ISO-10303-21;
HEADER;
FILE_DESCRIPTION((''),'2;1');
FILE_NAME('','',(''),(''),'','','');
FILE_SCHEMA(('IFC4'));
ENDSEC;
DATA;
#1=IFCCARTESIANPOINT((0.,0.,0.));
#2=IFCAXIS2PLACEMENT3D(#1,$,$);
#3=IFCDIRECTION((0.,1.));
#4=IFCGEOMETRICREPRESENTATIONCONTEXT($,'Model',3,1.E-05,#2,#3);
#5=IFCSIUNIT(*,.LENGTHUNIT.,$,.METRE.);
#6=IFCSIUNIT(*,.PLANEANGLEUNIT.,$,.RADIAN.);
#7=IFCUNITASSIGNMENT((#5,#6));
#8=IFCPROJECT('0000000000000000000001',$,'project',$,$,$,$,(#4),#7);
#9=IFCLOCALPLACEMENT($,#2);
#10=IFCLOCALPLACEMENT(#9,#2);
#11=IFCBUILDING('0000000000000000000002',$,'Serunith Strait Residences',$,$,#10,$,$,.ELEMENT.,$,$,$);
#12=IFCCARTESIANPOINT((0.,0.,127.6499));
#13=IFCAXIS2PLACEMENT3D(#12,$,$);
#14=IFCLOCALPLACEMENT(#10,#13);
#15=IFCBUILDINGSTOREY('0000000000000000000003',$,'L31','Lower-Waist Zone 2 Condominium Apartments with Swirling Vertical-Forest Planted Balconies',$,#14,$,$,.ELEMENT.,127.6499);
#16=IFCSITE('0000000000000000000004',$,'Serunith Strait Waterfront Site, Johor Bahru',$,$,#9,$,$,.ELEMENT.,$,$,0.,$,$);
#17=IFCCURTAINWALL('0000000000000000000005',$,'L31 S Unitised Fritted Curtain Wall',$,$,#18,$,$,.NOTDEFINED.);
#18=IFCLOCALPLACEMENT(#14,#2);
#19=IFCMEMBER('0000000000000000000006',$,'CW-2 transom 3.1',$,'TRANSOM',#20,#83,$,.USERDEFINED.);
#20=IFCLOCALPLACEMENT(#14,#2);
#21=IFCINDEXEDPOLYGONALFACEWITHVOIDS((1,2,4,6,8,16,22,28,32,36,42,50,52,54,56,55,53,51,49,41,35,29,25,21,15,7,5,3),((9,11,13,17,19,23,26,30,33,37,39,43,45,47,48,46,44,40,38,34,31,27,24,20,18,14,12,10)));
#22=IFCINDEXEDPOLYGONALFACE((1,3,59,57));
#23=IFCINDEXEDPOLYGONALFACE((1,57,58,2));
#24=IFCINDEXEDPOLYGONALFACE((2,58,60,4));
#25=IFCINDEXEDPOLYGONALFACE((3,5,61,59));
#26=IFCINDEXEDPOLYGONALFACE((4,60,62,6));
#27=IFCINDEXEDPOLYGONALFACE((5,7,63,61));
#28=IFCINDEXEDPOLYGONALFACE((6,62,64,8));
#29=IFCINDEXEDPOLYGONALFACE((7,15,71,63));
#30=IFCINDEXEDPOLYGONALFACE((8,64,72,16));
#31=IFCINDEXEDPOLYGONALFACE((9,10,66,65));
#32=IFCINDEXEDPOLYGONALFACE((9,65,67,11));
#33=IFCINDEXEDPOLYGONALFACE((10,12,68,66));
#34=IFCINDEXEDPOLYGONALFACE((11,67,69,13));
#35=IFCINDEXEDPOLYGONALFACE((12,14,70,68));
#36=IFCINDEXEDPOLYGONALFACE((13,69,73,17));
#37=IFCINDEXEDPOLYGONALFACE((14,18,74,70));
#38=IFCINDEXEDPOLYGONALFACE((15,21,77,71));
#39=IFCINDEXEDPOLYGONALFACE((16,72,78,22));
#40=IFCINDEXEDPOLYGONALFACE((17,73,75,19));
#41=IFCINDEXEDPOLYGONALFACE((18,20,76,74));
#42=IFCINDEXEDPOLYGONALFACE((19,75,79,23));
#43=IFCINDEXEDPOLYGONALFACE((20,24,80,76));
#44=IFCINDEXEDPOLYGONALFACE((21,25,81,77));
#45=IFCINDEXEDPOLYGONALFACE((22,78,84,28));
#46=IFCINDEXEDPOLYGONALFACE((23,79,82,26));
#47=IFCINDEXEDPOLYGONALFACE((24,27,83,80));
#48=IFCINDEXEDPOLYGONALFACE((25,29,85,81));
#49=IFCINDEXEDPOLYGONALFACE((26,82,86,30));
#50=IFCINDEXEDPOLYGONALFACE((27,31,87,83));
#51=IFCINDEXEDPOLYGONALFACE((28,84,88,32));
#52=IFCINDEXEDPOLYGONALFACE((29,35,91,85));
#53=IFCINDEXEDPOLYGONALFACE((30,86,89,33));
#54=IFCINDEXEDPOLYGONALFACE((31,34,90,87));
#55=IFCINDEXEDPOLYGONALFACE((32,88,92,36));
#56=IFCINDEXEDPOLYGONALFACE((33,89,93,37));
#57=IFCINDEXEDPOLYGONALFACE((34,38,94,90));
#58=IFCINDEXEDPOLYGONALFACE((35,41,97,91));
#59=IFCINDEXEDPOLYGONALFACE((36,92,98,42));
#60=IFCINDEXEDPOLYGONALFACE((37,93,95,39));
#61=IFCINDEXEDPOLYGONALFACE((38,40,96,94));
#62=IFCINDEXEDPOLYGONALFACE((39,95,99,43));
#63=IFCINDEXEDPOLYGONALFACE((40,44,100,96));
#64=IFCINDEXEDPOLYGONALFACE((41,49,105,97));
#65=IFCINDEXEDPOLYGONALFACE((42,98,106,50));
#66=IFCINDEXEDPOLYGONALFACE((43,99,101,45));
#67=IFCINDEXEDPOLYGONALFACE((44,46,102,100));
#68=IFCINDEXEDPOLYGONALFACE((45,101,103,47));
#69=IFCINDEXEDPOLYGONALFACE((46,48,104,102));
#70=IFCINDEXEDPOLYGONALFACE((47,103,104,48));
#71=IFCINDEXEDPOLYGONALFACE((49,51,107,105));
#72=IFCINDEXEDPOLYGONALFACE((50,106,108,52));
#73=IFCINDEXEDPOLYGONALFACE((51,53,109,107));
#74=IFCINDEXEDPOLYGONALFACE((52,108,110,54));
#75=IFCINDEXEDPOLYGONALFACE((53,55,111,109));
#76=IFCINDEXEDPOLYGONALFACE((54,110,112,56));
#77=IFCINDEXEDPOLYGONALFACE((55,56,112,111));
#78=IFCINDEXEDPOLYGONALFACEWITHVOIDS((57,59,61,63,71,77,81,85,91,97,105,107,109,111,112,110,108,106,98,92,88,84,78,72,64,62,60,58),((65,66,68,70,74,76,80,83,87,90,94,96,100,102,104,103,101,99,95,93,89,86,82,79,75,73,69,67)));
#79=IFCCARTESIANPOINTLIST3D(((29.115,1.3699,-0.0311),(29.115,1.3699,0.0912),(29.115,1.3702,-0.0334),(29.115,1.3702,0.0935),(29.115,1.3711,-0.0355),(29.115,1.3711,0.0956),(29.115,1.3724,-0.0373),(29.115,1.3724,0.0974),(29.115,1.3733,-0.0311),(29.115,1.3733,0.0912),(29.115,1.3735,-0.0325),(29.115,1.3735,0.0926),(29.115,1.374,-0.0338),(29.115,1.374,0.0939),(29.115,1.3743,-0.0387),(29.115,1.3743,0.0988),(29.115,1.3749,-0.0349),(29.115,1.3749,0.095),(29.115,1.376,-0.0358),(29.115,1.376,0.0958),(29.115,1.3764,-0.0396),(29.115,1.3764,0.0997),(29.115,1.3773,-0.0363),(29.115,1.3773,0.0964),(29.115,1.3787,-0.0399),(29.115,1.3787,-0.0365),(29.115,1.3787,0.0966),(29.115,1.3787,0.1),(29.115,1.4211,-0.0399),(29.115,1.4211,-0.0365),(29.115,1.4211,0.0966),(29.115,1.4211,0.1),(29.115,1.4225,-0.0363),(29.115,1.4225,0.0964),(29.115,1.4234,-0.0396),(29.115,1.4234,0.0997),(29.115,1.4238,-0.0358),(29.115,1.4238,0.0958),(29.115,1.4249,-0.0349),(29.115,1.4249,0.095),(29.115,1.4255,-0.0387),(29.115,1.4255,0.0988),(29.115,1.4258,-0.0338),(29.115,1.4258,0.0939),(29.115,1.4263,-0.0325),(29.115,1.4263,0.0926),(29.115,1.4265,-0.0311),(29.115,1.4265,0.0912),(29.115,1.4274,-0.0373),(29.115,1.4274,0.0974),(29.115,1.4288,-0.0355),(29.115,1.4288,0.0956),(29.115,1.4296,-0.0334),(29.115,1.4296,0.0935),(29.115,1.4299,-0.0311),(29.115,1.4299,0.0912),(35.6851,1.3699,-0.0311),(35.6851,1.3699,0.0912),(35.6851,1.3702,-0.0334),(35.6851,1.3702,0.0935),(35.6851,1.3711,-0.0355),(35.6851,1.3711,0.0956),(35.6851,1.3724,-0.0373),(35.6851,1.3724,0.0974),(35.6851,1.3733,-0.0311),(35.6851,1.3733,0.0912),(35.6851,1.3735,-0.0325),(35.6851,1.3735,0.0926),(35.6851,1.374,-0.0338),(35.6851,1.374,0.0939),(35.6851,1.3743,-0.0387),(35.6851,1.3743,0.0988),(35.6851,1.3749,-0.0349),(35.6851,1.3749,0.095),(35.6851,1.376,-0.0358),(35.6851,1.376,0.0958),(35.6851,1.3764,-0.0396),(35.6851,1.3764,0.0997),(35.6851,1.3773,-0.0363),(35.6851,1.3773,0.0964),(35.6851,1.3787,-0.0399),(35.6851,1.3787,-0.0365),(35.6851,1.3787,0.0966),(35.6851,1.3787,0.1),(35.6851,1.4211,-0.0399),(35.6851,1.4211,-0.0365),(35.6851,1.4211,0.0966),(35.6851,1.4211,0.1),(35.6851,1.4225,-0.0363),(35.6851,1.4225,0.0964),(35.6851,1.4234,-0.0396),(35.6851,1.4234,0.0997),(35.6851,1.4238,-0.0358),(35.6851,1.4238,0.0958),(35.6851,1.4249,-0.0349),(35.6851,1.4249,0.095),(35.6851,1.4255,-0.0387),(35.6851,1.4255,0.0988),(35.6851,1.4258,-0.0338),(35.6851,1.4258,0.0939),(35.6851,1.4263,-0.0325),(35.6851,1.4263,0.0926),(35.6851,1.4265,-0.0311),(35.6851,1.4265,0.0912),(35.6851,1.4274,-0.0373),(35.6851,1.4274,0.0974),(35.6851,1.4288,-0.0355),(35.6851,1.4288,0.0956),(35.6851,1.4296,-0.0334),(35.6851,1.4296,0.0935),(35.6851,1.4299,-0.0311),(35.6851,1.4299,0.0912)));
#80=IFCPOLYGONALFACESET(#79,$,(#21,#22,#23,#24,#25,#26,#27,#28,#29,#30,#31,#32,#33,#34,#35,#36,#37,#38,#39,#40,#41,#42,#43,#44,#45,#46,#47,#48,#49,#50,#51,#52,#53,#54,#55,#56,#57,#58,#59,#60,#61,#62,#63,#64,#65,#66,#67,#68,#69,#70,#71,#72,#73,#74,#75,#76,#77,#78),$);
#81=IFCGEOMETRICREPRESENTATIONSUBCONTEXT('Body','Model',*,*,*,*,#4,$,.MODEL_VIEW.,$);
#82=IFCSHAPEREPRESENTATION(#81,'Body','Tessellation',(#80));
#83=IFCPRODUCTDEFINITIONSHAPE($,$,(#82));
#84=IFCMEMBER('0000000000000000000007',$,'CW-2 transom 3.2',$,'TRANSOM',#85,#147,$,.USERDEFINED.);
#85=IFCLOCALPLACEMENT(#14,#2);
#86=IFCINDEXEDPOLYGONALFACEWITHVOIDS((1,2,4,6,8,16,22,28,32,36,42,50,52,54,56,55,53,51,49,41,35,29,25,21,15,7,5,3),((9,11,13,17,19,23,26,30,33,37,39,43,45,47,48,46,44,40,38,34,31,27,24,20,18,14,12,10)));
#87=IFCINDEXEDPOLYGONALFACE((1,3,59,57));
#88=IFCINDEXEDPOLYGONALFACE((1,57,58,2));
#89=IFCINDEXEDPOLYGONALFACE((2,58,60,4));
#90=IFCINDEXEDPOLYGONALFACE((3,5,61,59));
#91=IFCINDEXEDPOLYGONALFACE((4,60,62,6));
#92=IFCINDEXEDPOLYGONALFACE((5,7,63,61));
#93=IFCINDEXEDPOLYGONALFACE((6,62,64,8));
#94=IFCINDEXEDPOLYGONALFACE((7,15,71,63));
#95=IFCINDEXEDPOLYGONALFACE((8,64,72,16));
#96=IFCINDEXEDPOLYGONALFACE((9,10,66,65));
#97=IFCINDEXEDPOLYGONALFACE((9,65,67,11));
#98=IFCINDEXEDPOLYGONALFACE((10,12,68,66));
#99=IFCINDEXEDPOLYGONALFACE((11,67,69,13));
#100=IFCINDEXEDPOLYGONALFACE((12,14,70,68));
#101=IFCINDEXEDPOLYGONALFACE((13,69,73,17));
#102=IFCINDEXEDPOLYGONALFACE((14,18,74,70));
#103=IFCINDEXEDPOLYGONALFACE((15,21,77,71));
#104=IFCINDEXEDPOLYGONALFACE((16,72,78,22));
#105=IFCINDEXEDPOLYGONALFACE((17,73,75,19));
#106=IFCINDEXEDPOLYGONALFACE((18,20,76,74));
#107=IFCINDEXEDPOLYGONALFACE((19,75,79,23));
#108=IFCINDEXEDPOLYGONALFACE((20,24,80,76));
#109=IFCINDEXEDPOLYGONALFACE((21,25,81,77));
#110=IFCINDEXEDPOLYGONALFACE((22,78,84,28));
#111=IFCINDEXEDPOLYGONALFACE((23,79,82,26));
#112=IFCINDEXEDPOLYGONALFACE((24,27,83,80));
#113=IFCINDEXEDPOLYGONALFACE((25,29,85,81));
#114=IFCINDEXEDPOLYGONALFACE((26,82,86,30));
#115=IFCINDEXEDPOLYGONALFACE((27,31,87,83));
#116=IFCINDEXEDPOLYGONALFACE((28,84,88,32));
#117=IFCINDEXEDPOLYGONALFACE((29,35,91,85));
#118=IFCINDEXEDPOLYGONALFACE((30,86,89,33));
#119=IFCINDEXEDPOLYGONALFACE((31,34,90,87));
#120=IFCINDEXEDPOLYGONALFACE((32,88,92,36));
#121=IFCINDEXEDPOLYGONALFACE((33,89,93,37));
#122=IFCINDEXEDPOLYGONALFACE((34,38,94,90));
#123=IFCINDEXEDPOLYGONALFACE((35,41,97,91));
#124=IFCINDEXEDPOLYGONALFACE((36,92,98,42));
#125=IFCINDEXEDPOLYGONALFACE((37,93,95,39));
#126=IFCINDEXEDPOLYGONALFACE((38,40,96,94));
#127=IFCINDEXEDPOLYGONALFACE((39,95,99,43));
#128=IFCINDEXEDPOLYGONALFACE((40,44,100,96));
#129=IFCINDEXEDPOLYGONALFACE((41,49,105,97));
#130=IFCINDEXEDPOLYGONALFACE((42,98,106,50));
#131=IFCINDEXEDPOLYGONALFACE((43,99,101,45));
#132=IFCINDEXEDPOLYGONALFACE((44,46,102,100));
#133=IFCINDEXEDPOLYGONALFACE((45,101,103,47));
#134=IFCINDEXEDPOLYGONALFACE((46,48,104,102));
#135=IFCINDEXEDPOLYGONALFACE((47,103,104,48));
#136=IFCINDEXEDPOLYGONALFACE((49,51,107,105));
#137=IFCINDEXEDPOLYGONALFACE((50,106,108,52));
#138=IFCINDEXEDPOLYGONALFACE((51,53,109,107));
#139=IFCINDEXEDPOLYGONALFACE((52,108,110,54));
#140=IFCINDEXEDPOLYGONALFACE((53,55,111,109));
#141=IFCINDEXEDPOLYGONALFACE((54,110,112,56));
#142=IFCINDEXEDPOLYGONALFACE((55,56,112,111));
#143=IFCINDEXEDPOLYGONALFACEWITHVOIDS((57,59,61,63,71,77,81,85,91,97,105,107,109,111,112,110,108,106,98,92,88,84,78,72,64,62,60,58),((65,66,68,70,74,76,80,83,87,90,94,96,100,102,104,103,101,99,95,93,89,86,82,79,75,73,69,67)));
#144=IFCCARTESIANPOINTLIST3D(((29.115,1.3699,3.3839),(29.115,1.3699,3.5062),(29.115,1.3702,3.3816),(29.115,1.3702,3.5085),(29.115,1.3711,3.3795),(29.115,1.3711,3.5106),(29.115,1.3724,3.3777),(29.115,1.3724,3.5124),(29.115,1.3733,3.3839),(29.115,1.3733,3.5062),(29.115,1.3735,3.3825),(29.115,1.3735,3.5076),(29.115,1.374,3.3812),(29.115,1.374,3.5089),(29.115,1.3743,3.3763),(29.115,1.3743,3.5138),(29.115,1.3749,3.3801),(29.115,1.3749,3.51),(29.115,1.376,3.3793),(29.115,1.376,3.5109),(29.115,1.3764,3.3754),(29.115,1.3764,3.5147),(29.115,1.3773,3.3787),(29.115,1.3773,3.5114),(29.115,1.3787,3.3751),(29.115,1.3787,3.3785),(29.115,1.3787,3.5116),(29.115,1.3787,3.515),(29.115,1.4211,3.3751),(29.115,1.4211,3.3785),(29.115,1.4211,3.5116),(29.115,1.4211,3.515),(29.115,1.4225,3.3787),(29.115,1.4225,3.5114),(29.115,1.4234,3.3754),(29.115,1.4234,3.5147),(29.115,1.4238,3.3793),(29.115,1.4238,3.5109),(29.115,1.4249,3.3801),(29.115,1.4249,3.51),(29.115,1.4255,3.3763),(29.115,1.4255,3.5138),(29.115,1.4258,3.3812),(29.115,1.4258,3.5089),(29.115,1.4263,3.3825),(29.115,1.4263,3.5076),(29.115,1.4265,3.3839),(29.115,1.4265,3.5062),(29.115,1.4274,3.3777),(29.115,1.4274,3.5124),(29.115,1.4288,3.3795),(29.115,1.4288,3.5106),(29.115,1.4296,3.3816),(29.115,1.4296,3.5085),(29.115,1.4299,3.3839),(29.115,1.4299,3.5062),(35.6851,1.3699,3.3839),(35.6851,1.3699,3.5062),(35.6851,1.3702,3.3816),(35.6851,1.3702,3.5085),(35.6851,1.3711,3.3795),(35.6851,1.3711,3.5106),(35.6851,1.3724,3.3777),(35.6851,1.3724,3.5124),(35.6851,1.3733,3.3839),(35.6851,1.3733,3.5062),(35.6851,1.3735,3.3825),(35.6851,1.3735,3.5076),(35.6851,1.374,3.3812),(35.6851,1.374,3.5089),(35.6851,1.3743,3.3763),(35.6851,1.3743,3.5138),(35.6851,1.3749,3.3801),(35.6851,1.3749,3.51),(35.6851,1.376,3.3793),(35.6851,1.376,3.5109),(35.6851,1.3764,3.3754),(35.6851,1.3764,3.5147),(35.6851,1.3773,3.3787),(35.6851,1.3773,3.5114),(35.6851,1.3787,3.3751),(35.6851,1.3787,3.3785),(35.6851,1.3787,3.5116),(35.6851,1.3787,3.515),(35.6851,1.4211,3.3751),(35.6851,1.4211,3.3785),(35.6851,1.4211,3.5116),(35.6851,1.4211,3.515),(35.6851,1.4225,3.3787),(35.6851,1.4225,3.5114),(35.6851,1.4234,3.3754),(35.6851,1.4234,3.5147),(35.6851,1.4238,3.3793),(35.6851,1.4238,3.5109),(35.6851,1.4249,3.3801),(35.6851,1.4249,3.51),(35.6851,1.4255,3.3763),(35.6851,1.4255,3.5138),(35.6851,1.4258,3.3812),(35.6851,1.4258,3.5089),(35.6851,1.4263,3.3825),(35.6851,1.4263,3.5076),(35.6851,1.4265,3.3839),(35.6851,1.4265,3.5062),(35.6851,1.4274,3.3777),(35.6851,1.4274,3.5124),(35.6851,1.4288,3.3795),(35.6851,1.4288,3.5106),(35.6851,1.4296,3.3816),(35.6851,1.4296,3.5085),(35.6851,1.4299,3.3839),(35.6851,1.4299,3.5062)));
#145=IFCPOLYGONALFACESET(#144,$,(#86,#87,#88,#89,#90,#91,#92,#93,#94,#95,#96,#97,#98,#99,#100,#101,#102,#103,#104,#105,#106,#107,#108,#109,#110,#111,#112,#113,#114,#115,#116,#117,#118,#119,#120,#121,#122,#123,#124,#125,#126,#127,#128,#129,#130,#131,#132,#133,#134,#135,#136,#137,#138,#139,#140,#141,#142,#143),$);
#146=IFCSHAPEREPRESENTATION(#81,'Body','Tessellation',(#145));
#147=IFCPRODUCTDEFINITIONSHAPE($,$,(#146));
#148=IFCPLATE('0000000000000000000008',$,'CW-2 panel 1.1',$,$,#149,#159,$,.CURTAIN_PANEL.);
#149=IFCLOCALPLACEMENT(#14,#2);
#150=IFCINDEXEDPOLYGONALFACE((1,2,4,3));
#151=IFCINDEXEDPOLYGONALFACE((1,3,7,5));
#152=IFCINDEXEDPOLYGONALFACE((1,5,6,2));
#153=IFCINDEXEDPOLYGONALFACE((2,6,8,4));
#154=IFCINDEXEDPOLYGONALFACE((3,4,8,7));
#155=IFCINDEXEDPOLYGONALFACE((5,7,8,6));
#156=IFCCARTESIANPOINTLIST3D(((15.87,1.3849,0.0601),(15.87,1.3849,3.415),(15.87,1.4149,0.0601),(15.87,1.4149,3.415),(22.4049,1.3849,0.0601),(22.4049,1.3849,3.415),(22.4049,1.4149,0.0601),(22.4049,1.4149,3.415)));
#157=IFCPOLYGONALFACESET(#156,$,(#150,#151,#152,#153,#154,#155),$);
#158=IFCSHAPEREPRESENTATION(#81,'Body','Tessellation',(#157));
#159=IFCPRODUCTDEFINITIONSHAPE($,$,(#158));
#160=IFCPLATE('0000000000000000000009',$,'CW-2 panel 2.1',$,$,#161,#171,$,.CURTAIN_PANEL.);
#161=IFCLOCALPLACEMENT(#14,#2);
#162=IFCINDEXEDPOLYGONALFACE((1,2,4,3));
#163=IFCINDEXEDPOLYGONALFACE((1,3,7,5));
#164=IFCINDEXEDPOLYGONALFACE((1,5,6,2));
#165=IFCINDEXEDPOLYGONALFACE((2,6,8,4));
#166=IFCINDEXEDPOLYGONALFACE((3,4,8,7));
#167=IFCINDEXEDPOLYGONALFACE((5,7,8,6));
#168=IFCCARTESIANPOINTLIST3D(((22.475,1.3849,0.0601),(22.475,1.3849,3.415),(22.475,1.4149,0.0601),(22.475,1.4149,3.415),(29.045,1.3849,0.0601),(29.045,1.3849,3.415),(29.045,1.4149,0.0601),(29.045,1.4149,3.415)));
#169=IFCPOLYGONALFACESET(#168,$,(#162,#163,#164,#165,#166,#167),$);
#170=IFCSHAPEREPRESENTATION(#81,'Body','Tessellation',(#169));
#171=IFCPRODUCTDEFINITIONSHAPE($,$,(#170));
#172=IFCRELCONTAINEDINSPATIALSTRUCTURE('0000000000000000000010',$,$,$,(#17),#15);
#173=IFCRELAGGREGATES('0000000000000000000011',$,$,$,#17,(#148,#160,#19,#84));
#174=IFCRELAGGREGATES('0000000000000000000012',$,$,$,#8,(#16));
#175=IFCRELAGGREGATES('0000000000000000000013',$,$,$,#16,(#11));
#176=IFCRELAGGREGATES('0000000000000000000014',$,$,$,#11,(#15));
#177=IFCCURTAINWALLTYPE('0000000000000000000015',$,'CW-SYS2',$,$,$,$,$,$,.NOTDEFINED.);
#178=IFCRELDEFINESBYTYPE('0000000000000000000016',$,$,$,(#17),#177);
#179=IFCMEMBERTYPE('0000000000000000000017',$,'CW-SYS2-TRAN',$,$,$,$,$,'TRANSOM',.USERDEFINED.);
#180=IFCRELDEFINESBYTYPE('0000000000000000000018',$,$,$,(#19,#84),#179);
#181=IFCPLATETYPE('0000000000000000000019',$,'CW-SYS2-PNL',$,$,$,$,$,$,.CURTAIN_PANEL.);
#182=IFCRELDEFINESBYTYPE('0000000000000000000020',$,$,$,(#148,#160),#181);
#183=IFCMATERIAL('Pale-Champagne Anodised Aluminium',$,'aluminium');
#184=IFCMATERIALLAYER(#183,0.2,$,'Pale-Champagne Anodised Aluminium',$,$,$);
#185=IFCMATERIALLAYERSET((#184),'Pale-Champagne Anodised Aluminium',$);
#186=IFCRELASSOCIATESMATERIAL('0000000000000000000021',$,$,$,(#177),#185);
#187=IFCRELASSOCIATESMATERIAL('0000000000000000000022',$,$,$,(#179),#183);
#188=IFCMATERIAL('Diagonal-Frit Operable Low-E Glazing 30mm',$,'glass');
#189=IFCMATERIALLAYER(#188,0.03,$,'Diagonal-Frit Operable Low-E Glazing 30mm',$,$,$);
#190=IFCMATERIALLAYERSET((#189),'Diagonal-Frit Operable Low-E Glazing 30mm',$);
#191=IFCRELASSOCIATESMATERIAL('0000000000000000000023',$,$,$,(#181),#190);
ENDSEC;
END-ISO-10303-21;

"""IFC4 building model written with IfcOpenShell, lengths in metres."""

from ifc_helpers import new_model, si_unit, direction, frame, origin, origin_2d, place, context, subcontext, project, spatial, rectangle, hollow_rectangle, extrude, source, transform, mapped, material, layer, layer_set, material_profile, profile_set, type_object, element, aggregate, save


model = new_model("IFC4")

# Units and contexts
model_context = context("Model", 3, precision=1e-05, world=origin(), true_north=direction((0.0, 1.0)))
body_context = subcontext(model_context, "Body", "Model", "MODEL_VIEW")
ifc_project = project(units=[si_unit("LENGTHUNIT", "METRE"), si_unit("PLANEANGLEUNIT", "RADIAN")], contexts=[model_context])

# Site, building, storey
site_placement = place(None, origin())
site = spatial("IfcSite", under=ifc_project, at=site_placement, Name="Serunith Strait Waterfront Site, Johor Bahru", CompositionType="ELEMENT", RefElevation=0.0)
building_placement = place(site_placement, origin())
building = spatial("IfcBuilding", under=site, at=building_placement, Name="Serunith Strait Residences", CompositionType="ELEMENT")
storey_placement = place(building_placement, frame((0.0, 0.0, 127.6499)))
storey = spatial("IfcBuildingStorey", under=building, at=storey_placement, Name="L31", Description="Lower-Waist Zone 2 Condominium Apartments with Swirling Vertical-Forest Planted Balconies", CompositionType="ELEMENT", Elevation=127.6499)

# Curtain wall, members, plates
ifc_material_1 = material(Name="Pale-Champagne Anodised Aluminium", Category="aluminium")
ifc_layer_1 = layer(ifc_material_1, 0.2, Name="Pale-Champagne Anodised Aluminium")
ifc_layer_set_1 = layer_set([ifc_layer_1], Name="Pale-Champagne Anodised Aluminium")
curtain_wall_type = type_object("IfcCurtainWallType", Name="CW-SYS2", PredefinedType="NOTDEFINED", material=ifc_layer_set_1)
curtain_wall_placement = place(storey_placement, origin())
curtain_wall = element("IfcCurtainWall", 1, at=curtain_wall_placement, inside=storey, type_object=curtain_wall_type, Name="L31 S Unitised Fritted Curtain Wall", PredefinedType="NOTDEFINED")
ifc_material_profile_1 = material_profile(ifc_material_1, hollow_rectangle(XDim=0.0601, YDim=0.1399, WallThickness=0.0034, InnerFilletRadius=0.0054, OuterFilletRadius=0.0088, at=origin_2d()), Name="ALU 140x60x3.5")
ifc_profile_set_1 = profile_set([ifc_material_profile_1], Name="Pale-Champagne Anodised Aluminium")
member_type_1 = type_object("IfcMemberType", Name="CW-SYS2-TRAN", ElementType="TRANSOM", PredefinedType="USERDEFINED", material=ifc_profile_set_1)
shared_shape_1 = source(origin(), body_context, "Body", "SweptSolid", [
    extrude(hollow_rectangle(XDim=0.0601, YDim=0.1399, WallThickness=0.0034, InnerFilletRadius=0.0054, OuterFilletRadius=0.0088, at=origin_2d()), origin(), (0.0, 0.0, 1.0), 6.5701),
])
member_1_placement = place(storey_placement, frame((29.115, 1.3999, 0.03), z_axis=(1.0, 0.0, 0.0), x_axis=(0.0, 1.0, 0.0)))
member_1 = element("IfcMember", 2, at=member_1_placement, type_object=member_type_1, Name="CW-2 transom 3.1", ObjectType="TRANSOM", PredefinedType="USERDEFINED", context=body_context, shape_type="MappedRepresentation", body=[
    mapped(shared_shape_1, transform((0.0, 0.0, 0.0), scale=1.0)),
])
member_2_placement = place(storey_placement, frame((29.115, 1.3999, 3.4451), z_axis=(1.0, 0.0, 0.0), x_axis=(0.0, 1.0, 0.0)))
member_2 = element("IfcMember", 3, at=member_2_placement, type_object=member_type_1, Name="CW-2 transom 3.2", ObjectType="TRANSOM", PredefinedType="USERDEFINED", context=body_context, shape_type="MappedRepresentation", body=[
    mapped(shared_shape_1, transform((0.0, 0.0, 0.0), scale=1.0)),
])
ifc_material_2 = material(Name="Diagonal-Frit Operable Low-E Glazing 30mm", Category="glass")
ifc_layer_2 = layer(ifc_material_2, 0.03, Name="Diagonal-Frit Operable Low-E Glazing 30mm")
ifc_layer_set_2 = layer_set([ifc_layer_2], Name="Diagonal-Frit Operable Low-E Glazing 30mm")
plate_type = type_object("IfcPlateType", Name="CW-SYS2-PNL", PredefinedType="CURTAIN_PANEL", material=ifc_layer_set_2)
shared_shape_2 = source(origin(), body_context, "Body", "SweptSolid", [
    extrude(rectangle(XDim=6.5349, YDim=0.03, at=origin_2d()), origin(), (0.0, 0.0, 1.0), 3.355),
])
plate_1_placement = place(storey_placement, frame((19.1375, 1.3999, 0.0601), z_axis=(0.0, 0.0, 1.0), x_axis=(1.0, 0.0, 0.0)))
plate_1 = element("IfcPlate", 4, at=plate_1_placement, type_object=plate_type, Name="CW-2 panel 1.1", PredefinedType="CURTAIN_PANEL", context=body_context, shape_type="MappedRepresentation", body=[
    mapped(shared_shape_2, transform((0.0, 0.0, 0.0), scale=1.0)),
])
shared_shape_3 = source(origin(), body_context, "Body", "SweptSolid", [
    extrude(rectangle(XDim=6.5701, YDim=0.03, at=origin_2d()), origin(), (0.0, 0.0, 1.0), 3.355),
])
plate_2_placement = place(storey_placement, frame((25.76, 1.3999, 0.0601), z_axis=(0.0, 0.0, 1.0), x_axis=(1.0, 0.0, 0.0)))
plate_2 = element("IfcPlate", 5, at=plate_2_placement, type_object=plate_type, Name="CW-2 panel 2.1", PredefinedType="CURTAIN_PANEL", context=body_context, shape_type="MappedRepresentation", body=[
    mapped(shared_shape_3, transform((0.0, 0.0, 0.0), scale=1.0)),
])
aggregate(curtain_wall, [plate_1, plate_2, member_1, member_2])

save(model, "model.ifc")
